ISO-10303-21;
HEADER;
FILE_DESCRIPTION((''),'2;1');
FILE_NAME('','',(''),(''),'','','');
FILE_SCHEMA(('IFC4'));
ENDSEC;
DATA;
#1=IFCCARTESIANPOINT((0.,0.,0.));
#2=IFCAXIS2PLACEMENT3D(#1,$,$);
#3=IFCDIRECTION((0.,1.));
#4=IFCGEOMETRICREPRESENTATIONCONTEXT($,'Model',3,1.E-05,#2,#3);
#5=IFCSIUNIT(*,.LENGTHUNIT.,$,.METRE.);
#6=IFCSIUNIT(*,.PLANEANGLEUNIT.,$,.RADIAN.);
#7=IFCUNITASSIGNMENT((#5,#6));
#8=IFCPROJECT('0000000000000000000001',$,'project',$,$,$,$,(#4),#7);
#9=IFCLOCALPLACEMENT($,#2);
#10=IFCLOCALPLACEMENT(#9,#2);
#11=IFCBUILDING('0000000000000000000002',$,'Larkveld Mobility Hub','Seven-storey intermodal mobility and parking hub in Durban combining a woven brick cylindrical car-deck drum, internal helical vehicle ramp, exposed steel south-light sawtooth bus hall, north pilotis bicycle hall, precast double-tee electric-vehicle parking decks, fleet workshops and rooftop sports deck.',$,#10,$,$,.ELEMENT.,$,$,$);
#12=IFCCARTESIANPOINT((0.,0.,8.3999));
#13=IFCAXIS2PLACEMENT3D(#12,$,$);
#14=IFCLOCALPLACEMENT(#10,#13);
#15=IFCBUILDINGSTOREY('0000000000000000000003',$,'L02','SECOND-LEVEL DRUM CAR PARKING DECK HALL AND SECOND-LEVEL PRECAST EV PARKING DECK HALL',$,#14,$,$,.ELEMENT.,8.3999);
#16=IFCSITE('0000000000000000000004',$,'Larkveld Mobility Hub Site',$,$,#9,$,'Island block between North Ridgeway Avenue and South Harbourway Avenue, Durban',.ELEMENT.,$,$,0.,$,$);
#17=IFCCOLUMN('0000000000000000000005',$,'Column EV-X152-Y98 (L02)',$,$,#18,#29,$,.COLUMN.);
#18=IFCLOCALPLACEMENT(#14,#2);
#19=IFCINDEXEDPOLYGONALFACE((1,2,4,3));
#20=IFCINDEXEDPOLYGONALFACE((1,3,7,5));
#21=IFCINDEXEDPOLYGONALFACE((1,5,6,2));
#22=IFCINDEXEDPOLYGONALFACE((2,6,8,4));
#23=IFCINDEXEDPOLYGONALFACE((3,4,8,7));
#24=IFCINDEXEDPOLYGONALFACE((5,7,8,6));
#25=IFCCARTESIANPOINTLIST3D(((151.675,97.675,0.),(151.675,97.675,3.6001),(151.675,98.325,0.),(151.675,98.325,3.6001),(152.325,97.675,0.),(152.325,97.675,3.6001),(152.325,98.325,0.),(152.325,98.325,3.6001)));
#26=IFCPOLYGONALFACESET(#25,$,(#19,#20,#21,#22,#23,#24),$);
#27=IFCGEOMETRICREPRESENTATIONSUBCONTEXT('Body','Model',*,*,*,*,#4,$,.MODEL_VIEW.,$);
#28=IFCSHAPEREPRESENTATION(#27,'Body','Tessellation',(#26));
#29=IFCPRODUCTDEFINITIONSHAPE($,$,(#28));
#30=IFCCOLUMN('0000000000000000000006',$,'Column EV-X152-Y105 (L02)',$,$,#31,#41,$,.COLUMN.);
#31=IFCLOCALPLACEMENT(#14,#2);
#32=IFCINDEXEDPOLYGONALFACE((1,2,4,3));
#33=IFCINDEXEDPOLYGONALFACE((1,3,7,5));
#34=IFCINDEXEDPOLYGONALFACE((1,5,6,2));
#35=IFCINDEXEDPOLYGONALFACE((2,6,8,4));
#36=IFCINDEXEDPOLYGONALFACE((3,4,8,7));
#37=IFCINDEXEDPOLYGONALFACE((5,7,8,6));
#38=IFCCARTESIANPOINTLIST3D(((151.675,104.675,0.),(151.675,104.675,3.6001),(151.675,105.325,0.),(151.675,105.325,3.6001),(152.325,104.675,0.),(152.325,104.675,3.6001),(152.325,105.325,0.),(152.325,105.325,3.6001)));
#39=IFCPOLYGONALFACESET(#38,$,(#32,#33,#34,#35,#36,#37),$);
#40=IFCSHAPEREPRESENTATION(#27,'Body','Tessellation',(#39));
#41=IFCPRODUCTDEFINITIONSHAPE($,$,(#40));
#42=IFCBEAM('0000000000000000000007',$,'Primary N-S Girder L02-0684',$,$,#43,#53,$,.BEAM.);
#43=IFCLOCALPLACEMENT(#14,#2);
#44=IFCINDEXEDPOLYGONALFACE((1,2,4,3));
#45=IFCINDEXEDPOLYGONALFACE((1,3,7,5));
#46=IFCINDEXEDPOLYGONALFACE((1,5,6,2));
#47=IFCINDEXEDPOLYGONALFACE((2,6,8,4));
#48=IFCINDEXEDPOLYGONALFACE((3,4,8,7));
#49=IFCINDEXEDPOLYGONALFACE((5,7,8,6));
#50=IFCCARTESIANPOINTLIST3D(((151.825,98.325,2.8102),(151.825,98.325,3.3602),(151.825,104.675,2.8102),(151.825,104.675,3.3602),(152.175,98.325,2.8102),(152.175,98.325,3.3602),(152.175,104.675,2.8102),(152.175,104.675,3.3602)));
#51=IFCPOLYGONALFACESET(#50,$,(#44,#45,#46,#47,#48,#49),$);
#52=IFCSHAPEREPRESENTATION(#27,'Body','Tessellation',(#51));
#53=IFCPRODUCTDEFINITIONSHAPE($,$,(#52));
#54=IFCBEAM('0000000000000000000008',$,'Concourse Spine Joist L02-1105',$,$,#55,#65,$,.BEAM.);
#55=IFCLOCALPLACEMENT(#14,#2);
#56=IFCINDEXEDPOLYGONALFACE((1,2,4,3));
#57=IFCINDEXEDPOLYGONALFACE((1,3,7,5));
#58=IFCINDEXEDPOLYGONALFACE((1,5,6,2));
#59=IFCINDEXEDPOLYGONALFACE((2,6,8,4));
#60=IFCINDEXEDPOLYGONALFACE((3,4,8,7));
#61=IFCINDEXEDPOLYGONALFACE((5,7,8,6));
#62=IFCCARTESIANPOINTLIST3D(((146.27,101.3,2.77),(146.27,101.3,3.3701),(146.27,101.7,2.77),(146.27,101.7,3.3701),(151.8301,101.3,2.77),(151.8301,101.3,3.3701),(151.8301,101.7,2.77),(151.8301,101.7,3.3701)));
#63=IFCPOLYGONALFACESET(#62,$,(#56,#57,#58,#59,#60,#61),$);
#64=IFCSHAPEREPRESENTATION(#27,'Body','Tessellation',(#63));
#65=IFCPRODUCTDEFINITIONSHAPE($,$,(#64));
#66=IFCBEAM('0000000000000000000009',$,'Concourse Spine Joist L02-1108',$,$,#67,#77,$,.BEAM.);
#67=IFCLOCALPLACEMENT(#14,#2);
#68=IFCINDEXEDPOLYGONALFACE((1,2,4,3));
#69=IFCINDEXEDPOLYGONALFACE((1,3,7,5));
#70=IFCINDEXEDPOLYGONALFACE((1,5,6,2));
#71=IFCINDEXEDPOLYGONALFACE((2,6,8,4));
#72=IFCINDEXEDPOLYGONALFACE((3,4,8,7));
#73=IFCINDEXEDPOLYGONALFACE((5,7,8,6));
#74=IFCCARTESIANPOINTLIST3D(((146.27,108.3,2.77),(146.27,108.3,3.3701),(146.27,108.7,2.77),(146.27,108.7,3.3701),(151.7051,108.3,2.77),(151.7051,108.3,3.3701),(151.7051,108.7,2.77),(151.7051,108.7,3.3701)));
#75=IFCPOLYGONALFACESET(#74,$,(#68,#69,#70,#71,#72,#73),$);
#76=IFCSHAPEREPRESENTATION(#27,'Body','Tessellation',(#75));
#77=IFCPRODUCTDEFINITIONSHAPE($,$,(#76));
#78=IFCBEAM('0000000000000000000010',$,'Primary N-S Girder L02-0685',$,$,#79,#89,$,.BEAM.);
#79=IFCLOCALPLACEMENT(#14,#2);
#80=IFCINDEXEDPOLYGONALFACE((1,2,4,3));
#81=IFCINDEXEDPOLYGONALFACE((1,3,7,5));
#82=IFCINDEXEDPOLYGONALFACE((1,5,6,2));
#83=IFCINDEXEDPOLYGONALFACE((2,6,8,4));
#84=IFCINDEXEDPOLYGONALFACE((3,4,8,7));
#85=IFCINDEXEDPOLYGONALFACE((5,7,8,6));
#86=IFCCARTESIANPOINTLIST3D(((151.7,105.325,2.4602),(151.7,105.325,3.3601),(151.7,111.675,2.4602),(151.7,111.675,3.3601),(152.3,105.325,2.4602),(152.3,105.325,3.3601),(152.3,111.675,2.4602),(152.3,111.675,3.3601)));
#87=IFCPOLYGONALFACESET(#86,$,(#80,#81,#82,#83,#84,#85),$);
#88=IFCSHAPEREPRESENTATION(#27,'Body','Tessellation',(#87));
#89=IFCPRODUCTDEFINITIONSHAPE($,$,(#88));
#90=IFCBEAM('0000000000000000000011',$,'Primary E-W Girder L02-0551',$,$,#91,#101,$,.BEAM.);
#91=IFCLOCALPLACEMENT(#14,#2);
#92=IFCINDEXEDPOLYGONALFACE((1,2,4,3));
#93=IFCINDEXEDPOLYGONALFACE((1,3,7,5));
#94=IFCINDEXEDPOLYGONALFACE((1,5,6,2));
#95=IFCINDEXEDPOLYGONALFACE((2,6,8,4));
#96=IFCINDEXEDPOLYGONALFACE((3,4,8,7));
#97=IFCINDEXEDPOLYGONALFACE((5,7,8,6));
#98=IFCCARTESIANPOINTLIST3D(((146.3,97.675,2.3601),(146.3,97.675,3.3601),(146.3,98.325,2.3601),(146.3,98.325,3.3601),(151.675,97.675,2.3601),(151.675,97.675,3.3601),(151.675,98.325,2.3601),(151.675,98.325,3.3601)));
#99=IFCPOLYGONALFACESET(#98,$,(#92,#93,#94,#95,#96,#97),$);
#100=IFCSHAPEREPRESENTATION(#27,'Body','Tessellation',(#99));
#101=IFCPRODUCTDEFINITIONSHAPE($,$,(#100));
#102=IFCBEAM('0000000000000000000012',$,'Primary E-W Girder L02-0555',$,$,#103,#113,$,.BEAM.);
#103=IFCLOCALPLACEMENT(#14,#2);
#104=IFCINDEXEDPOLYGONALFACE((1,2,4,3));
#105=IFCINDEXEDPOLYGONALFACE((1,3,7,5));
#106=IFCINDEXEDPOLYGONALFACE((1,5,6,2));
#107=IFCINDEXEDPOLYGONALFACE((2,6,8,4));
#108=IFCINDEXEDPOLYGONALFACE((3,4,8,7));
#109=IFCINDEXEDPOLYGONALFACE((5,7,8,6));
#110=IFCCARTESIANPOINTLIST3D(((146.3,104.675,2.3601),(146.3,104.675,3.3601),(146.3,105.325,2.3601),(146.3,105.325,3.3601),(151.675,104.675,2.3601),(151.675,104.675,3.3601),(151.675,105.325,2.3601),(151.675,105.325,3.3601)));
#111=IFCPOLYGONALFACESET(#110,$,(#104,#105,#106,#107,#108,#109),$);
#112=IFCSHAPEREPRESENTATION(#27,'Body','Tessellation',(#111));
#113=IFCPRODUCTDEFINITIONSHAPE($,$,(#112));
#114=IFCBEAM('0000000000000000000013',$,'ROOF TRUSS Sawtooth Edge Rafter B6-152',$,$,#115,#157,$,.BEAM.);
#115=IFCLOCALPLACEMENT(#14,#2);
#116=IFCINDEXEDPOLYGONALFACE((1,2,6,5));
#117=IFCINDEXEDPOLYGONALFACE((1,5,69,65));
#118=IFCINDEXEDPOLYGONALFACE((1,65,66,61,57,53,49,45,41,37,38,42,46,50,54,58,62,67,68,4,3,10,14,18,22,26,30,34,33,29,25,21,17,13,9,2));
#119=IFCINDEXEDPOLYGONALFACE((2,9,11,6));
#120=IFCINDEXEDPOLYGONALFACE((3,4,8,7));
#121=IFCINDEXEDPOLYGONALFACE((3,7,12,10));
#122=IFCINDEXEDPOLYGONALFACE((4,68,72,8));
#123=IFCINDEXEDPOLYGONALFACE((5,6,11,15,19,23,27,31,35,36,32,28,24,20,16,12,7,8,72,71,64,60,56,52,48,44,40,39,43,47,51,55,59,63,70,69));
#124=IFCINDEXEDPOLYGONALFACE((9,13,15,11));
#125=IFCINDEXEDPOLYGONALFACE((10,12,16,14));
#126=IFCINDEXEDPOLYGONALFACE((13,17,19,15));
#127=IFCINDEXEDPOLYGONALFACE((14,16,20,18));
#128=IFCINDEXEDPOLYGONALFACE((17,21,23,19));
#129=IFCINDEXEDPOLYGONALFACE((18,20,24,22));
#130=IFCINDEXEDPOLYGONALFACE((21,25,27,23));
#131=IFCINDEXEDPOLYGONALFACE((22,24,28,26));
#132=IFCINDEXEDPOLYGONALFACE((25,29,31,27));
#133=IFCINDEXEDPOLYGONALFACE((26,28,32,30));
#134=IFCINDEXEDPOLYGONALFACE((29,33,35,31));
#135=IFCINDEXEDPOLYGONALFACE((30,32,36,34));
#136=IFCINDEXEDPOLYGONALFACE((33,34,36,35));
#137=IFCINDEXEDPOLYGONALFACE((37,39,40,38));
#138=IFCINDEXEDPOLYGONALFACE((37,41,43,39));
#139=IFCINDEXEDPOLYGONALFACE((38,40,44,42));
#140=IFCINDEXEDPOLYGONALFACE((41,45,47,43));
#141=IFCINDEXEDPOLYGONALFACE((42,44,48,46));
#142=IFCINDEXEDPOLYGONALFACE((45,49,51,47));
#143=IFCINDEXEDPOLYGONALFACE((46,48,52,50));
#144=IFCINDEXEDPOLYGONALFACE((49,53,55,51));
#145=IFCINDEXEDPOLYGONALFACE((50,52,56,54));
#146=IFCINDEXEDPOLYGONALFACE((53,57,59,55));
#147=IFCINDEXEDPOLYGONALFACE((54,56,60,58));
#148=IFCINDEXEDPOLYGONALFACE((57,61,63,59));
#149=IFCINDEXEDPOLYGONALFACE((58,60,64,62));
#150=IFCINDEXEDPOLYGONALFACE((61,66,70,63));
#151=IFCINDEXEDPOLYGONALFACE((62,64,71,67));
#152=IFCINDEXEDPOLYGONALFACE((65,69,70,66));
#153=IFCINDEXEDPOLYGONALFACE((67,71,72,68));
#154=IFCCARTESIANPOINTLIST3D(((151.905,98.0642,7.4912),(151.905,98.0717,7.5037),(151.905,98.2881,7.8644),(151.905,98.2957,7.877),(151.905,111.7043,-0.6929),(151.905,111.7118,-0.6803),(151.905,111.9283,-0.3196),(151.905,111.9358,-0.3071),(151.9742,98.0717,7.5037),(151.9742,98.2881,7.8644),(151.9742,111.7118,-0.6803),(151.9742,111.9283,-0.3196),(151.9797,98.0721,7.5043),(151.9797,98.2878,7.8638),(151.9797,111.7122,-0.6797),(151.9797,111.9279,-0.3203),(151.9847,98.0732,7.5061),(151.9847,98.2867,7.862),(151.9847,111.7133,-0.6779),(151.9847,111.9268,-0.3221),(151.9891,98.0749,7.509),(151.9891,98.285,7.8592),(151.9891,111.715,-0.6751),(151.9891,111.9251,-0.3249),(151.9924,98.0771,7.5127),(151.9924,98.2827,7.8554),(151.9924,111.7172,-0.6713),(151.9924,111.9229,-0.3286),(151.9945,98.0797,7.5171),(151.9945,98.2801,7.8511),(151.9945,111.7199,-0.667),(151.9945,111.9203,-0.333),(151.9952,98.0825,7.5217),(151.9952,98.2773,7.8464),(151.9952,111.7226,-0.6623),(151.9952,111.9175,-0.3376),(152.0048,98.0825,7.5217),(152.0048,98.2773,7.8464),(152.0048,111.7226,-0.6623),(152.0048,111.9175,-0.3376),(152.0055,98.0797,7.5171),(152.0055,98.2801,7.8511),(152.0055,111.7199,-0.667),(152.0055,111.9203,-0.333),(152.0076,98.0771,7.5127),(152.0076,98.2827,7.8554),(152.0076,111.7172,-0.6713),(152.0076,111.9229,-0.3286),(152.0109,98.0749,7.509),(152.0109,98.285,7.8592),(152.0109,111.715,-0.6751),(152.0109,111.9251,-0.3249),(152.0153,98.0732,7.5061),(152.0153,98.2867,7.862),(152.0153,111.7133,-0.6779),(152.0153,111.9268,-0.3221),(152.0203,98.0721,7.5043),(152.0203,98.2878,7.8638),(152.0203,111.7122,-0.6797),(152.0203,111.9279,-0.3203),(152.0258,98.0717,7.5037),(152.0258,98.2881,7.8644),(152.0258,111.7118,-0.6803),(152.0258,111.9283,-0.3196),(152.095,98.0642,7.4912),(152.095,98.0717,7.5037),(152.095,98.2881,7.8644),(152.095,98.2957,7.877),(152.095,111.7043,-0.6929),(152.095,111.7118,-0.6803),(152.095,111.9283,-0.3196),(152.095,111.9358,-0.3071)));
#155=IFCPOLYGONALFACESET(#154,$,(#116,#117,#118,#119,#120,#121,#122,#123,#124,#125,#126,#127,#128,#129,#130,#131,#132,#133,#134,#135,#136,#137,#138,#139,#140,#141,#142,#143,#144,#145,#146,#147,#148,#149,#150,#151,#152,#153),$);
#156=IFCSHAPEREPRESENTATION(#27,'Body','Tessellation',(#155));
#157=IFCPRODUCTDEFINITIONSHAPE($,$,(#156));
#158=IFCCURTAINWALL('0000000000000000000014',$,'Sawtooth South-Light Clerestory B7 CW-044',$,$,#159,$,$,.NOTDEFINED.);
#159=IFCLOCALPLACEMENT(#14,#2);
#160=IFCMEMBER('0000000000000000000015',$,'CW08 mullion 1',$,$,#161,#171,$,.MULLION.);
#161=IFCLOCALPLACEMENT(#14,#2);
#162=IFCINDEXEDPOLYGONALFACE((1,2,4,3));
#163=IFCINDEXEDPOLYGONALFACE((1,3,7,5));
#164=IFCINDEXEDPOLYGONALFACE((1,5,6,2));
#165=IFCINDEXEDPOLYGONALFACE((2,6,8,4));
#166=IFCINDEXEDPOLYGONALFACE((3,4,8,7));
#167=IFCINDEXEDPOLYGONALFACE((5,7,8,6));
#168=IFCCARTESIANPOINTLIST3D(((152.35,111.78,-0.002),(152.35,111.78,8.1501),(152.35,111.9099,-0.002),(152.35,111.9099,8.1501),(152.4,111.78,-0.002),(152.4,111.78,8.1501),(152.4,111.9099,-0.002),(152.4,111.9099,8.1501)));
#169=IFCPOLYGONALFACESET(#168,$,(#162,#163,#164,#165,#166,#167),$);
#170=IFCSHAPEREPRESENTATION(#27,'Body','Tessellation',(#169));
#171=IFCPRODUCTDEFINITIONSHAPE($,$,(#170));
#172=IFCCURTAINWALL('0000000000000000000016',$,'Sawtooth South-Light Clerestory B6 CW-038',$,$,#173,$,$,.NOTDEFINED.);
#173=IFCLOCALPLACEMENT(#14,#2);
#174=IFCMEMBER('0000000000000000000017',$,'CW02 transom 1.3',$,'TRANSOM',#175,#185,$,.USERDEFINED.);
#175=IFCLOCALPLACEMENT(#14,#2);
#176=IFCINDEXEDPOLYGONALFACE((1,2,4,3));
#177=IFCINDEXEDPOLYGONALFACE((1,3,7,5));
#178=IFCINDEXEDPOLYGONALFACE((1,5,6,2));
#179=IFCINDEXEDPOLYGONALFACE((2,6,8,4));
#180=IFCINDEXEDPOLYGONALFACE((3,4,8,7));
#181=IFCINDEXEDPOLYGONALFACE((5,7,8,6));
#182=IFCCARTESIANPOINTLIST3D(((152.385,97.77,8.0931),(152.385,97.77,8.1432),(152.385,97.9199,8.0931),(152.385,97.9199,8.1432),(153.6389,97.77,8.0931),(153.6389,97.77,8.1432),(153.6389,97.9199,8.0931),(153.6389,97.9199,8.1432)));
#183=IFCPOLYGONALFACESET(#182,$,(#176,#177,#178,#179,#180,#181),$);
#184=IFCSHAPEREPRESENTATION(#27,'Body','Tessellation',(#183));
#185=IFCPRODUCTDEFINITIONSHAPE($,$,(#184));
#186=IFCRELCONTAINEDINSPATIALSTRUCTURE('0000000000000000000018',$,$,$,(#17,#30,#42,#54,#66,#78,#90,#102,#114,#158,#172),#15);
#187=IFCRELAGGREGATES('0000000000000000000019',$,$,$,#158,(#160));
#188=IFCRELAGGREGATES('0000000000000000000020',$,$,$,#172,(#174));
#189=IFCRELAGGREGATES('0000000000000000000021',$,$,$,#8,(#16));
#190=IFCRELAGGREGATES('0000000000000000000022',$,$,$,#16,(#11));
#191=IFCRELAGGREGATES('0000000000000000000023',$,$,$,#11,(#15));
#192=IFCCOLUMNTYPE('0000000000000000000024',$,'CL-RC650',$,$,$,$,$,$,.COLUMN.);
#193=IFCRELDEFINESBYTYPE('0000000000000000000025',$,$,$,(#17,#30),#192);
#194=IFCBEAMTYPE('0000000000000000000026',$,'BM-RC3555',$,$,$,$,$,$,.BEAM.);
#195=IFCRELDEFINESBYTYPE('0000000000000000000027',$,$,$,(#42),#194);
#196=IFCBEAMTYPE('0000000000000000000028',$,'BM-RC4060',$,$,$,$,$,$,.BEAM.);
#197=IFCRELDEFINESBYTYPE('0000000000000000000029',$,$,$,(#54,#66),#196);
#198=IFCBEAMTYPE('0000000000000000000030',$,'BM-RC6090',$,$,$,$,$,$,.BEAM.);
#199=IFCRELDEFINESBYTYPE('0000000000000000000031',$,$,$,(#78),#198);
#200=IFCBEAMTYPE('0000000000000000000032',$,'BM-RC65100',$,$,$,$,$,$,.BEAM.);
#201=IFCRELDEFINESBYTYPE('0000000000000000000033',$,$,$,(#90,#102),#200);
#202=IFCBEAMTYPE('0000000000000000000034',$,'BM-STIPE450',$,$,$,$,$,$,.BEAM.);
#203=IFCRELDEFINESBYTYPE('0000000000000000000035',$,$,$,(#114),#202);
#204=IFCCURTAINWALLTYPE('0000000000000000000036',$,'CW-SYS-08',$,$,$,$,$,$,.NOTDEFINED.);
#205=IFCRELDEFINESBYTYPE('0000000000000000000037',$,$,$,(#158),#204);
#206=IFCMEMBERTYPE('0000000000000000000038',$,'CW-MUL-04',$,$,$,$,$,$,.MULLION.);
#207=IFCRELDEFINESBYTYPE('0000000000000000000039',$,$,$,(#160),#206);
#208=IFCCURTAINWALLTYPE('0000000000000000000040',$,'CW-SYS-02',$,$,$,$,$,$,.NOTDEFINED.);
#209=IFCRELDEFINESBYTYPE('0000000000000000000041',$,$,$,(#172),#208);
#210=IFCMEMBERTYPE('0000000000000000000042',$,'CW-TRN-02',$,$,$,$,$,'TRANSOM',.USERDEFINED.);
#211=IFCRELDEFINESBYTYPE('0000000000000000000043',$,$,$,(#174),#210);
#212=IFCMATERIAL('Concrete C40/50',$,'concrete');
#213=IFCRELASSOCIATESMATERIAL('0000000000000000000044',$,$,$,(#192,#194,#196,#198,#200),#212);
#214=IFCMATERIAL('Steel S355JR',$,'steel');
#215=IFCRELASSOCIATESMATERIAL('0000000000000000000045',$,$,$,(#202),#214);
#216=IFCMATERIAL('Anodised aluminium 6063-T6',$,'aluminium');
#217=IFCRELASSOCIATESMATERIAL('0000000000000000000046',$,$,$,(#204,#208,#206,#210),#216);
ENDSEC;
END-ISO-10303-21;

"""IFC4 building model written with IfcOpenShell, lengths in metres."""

from ifc_helpers import new_model, si_unit, direction, frame, origin, origin_2d, place, context, subcontext, project, spatial, rectangle, i_section, extrude, material, material_profile, profile_set, type_object, element, aggregate, save


model = new_model("IFC4")

# Units and contexts
model_context = context("Model", 3, precision=1e-05, world=origin(), true_north=direction((0.0, 1.0)))
body_context = subcontext(model_context, "Body", "Model", "MODEL_VIEW")
ifc_project = project(units=[si_unit("LENGTHUNIT", "METRE"), si_unit("PLANEANGLEUNIT", "RADIAN")], contexts=[model_context])

# Site, building, storey
site_placement = place(None, origin())
site = spatial("IfcSite", under=ifc_project, at=site_placement, Name="Larkveld Mobility Hub Site", LongName="Island block between North Ridgeway Avenue and South Harbourway Avenue, Durban", CompositionType="ELEMENT", RefElevation=0.0)
building_placement = place(site_placement, origin())
building = spatial("IfcBuilding", under=site, at=building_placement, Name="Larkveld Mobility Hub", Description="Seven-storey intermodal mobility and parking hub in Durban combining a woven brick cylindrical car-deck drum, internal helical vehicle ramp, exposed steel south-light sawtooth bus hall, north pilotis bicycle hall, precast double-tee electric-vehicle parking decks, fleet workshops and rooftop sports deck.", CompositionType="ELEMENT")
storey_placement = place(building_placement, frame((0.0, 0.0, 8.3999)))
storey = spatial("IfcBuildingStorey", under=building, at=storey_placement, Name="L02", Description="SECOND-LEVEL DRUM CAR PARKING DECK HALL AND SECOND-LEVEL PRECAST EV PARKING DECK HALL", CompositionType="ELEMENT", Elevation=8.3999)

# Columns
ifc_material_1 = material(Name="Concrete C40/50", Category="concrete")
ifc_material_profile_1 = material_profile(ifc_material_1, rectangle(XDim=0.6499, YDim=0.6499, at=origin_2d()), Name="RC COL 650x650")
ifc_profile_set_1 = profile_set([ifc_material_profile_1], Name="Concrete C40/50")
column_type = type_object("IfcColumnType", Name="CL-RC650", PredefinedType="COLUMN", material=ifc_profile_set_1)
for number, where, z_axis, x_axis, name in (
    (1, (152.0, 98.0, 0.0), (0.0, 0.0, 1.0), (1.0, 0.0, 0.0), "Column EV-X152-Y98 (L02)"),
    (2, (152.0, 105.0, 0.0), (0.0, 0.0, 1.0), (1.0, 0.0, 0.0), "Column EV-X152-Y105 (L02)"),
):
    element("IfcColumn", number, at=place(storey_placement, frame(where, z_axis=z_axis, x_axis=x_axis)), inside=storey, type_object=column_type, Name=name, PredefinedType="COLUMN", context=body_context, shape_type="SweptSolid", body=[
        extrude(rectangle(XDim=0.6499, YDim=0.6499, at=origin_2d()), origin(), (0.0, 0.0, 1.0), 3.6001),
    ])

# Beams
ifc_material_profile_2 = material_profile(ifc_material_1, rectangle(XDim=0.3501, YDim=0.55, at=origin_2d()), Name="RC BM 350x550")
ifc_profile_set_2 = profile_set([ifc_material_profile_2], Name="Concrete C40/50")
beam_type_1 = type_object("IfcBeamType", Name="BM-RC3555", PredefinedType="BEAM", material=ifc_profile_set_2)
beam_1_placement = place(storey_placement, frame((152.0, 98.325, 3.0852), z_axis=(0.0, 1.0, 0.0), x_axis=(-1.0, 0.0, 0.0)))
element("IfcBeam", 3, at=beam_1_placement, inside=storey, type_object=beam_type_1, Name="Primary N-S Girder L02-0684", PredefinedType="BEAM", context=body_context, shape_type="SweptSolid", body=[
    extrude(rectangle(XDim=0.3501, YDim=0.55, at=origin_2d()), origin(), (0.0, 0.0, 1.0), 6.3501),
])
ifc_material_profile_3 = material_profile(ifc_material_1, rectangle(XDim=0.3999, YDim=0.6001, at=origin_2d()), Name="RC BM 400x600")
ifc_profile_set_3 = profile_set([ifc_material_profile_3], Name="Concrete C40/50")
beam_type_2 = type_object("IfcBeamType", Name="BM-RC4060", PredefinedType="BEAM", material=ifc_profile_set_3)
beam_2_placement = place(storey_placement, frame((146.27, 101.5, 3.0701), z_axis=(1.0, 0.0, 0.0), x_axis=(0.0, 1.0, 0.0)))
element("IfcBeam", 4, at=beam_2_placement, inside=storey, type_object=beam_type_2, Name="Concourse Spine Joist L02-1105", PredefinedType="BEAM", context=body_context, shape_type="SweptSolid", body=[
    extrude(rectangle(XDim=0.3999, YDim=0.6001, at=origin_2d()), origin(), (0.0, 0.0, 1.0), 5.5601),
])
beam_3_placement = place(storey_placement, frame((146.27, 108.5, 3.0701), z_axis=(1.0, 0.0, 0.0), x_axis=(0.0, 1.0, 0.0)))
element("IfcBeam", 5, at=beam_3_placement, inside=storey, type_object=beam_type_2, Name="Concourse Spine Joist L02-1108", PredefinedType="BEAM", context=body_context, shape_type="SweptSolid", body=[
    extrude(rectangle(XDim=0.3999, YDim=0.6001, at=origin_2d()), origin(), (0.0, 0.0, 1.0), 5.4351),
])
ifc_material_profile_4 = material_profile(ifc_material_1, rectangle(XDim=0.6001, YDim=0.8999, at=origin_2d()), Name="RC BM 600x900")
ifc_profile_set_4 = profile_set([ifc_material_profile_4], Name="Concrete C40/50")
beam_type_3 = type_object("IfcBeamType", Name="BM-RC6090", PredefinedType="BEAM", material=ifc_profile_set_4)
beam_4_placement = place(storey_placement, frame((152.0, 105.325, 2.9102), z_axis=(0.0, 1.0, 0.0), x_axis=(-1.0, 0.0, 0.0)))
element("IfcBeam", 6, at=beam_4_placement, inside=storey, type_object=beam_type_3, Name="Primary N-S Girder L02-0685", PredefinedType="BEAM", context=body_context, shape_type="SweptSolid", body=[
    extrude(rectangle(XDim=0.6001, YDim=0.8999, at=origin_2d()), origin(), (0.0, 0.0, 1.0), 6.3501),
])
ifc_material_profile_5 = material_profile(ifc_material_1, rectangle(XDim=0.6499, YDim=1.0, at=origin_2d()), Name="RC BM 650x1000")
ifc_profile_set_5 = profile_set([ifc_material_profile_5], Name="Concrete C40/50")
beam_type_4 = type_object("IfcBeamType", Name="BM-RC65100", PredefinedType="BEAM", material=ifc_profile_set_5)
for number, where, z_axis, x_axis, name in (
    (7, (146.3, 98.0, 2.8601), (1.0, 0.0, 0.0), (0.0, 1.0, 0.0), "Primary E-W Girder L02-0551"),
    (8, (146.3, 105.0, 2.8601), (1.0, 0.0, 0.0), (0.0, 1.0, 0.0), "Primary E-W Girder L02-0555"),
):
    element("IfcBeam", number, at=place(storey_placement, frame(where, z_axis=z_axis, x_axis=x_axis)), inside=storey, type_object=beam_type_4, Name=name, PredefinedType="BEAM", context=body_context, shape_type="SweptSolid", body=[
        extrude(rectangle(XDim=0.6499, YDim=1.0, at=origin_2d()), origin(), (0.0, 0.0, 1.0), 5.375),
    ])
ifc_material_2 = material(Name="Steel S355JR", Category="steel")
ifc_material_profile_6 = material_profile(ifc_material_2, i_section(OverallWidth=0.1899, OverallDepth=0.45, WebThickness=0.0095, FlangeThickness=0.0146, FilletRadius=0.021, at=origin_2d()), Name="IPE 450")
ifc_profile_set_6 = profile_set([ifc_material_profile_6], Name="Steel S355JR")
beam_type_5 = type_object("IfcBeamType", Name="BM-STIPE450", PredefinedType="BEAM", material=ifc_profile_set_6)
beam_5_placement = place(storey_placement, frame((152.0, 98.1799, 7.6841), z_axis=(0.0, 0.857493, -0.514496), x_axis=(-1.0, 0.0, 0.0)))
element("IfcBeam", 9, at=beam_5_placement, inside=storey, type_object=beam_type_5, Name="ROOF TRUSS Sawtooth Edge Rafter B6-152", PredefinedType="BEAM", context=body_context, shape_type="SweptSolid", body=[
    extrude(i_section(OverallWidth=0.1899, OverallDepth=0.45, WebThickness=0.0095, FlangeThickness=0.0146, FilletRadius=0.021, at=origin_2d()), origin(), (0.0, 0.0, 1.0), 15.907),
])

# Curtain walls, members
ifc_material_3 = material(Name="Anodised aluminium 6063-T6", Category="aluminium")
curtain_wall_type_1 = type_object("IfcCurtainWallType", Name="CW-SYS-08", PredefinedType="NOTDEFINED", material=ifc_material_3)
curtain_wall_1_placement = place(storey_placement, origin())
curtain_wall_1 = element("IfcCurtainWall", 10, at=curtain_wall_1_placement, inside=storey, type_object=curtain_wall_type_1, Name="Sawtooth South-Light Clerestory B7 CW-044", PredefinedType="NOTDEFINED")
ifc_material_profile_7 = material_profile(ifc_material_3, rectangle(XDim=0.05, YDim=0.1299, at=origin_2d()), Name="ALU MULL 50x130")
ifc_profile_set_7 = profile_set([ifc_material_profile_7], Name="Anodised aluminium 6063-T6")
member_type_1 = type_object("IfcMemberType", Name="CW-MUL-04", PredefinedType="MULLION", material=ifc_profile_set_7)
member_1_placement = place(storey_placement, frame((152.375, 111.845, -0.002), z_axis=(0.0, 0.0, 1.0), x_axis=(1.0, 0.0, 0.0)))
member_1 = element("IfcMember", 11, at=member_1_placement, type_object=member_type_1, Name="CW08 mullion 1", PredefinedType="MULLION", context=body_context, shape_type="SweptSolid", body=[
    extrude(rectangle(XDim=0.05, YDim=0.1299, at=origin_2d()), origin(), (0.0, 0.0, 1.0), 8.1521),
])
aggregate(curtain_wall_1, [member_1])
curtain_wall_type_2 = type_object("IfcCurtainWallType", Name="CW-SYS-02", PredefinedType="NOTDEFINED", material=ifc_material_3)
curtain_wall_2_placement = place(storey_placement, origin())
curtain_wall_2 = element("IfcCurtainWall", 12, at=curtain_wall_2_placement, inside=storey, type_object=curtain_wall_type_2, Name="Sawtooth South-Light Clerestory B6 CW-038", PredefinedType="NOTDEFINED")
ifc_material_profile_8 = material_profile(ifc_material_3, rectangle(XDim=0.1499, YDim=0.05, at=origin_2d()), Name="ALU TRAN 50x150")
ifc_profile_set_8 = profile_set([ifc_material_profile_8], Name="Anodised aluminium 6063-T6")
member_type_2 = type_object("IfcMemberType", Name="CW-TRN-02", ElementType="TRANSOM", PredefinedType="USERDEFINED", material=ifc_profile_set_8)
member_2_placement = place(storey_placement, frame((152.385, 97.845, 8.1182), z_axis=(1.0, 0.0, 0.0), x_axis=(0.0, 1.0, 0.0)))
member_2 = element("IfcMember", 13, at=member_2_placement, type_object=member_type_2, Name="CW02 transom 1.3", ObjectType="TRANSOM", PredefinedType="USERDEFINED", context=body_context, shape_type="SweptSolid", body=[
    extrude(rectangle(XDim=0.1499, YDim=0.05, at=origin_2d()), origin(), (0.0, 0.0, 1.0), 1.2539),
])
aggregate(curtain_wall_2, [member_2])

save(model, "model.ifc")
